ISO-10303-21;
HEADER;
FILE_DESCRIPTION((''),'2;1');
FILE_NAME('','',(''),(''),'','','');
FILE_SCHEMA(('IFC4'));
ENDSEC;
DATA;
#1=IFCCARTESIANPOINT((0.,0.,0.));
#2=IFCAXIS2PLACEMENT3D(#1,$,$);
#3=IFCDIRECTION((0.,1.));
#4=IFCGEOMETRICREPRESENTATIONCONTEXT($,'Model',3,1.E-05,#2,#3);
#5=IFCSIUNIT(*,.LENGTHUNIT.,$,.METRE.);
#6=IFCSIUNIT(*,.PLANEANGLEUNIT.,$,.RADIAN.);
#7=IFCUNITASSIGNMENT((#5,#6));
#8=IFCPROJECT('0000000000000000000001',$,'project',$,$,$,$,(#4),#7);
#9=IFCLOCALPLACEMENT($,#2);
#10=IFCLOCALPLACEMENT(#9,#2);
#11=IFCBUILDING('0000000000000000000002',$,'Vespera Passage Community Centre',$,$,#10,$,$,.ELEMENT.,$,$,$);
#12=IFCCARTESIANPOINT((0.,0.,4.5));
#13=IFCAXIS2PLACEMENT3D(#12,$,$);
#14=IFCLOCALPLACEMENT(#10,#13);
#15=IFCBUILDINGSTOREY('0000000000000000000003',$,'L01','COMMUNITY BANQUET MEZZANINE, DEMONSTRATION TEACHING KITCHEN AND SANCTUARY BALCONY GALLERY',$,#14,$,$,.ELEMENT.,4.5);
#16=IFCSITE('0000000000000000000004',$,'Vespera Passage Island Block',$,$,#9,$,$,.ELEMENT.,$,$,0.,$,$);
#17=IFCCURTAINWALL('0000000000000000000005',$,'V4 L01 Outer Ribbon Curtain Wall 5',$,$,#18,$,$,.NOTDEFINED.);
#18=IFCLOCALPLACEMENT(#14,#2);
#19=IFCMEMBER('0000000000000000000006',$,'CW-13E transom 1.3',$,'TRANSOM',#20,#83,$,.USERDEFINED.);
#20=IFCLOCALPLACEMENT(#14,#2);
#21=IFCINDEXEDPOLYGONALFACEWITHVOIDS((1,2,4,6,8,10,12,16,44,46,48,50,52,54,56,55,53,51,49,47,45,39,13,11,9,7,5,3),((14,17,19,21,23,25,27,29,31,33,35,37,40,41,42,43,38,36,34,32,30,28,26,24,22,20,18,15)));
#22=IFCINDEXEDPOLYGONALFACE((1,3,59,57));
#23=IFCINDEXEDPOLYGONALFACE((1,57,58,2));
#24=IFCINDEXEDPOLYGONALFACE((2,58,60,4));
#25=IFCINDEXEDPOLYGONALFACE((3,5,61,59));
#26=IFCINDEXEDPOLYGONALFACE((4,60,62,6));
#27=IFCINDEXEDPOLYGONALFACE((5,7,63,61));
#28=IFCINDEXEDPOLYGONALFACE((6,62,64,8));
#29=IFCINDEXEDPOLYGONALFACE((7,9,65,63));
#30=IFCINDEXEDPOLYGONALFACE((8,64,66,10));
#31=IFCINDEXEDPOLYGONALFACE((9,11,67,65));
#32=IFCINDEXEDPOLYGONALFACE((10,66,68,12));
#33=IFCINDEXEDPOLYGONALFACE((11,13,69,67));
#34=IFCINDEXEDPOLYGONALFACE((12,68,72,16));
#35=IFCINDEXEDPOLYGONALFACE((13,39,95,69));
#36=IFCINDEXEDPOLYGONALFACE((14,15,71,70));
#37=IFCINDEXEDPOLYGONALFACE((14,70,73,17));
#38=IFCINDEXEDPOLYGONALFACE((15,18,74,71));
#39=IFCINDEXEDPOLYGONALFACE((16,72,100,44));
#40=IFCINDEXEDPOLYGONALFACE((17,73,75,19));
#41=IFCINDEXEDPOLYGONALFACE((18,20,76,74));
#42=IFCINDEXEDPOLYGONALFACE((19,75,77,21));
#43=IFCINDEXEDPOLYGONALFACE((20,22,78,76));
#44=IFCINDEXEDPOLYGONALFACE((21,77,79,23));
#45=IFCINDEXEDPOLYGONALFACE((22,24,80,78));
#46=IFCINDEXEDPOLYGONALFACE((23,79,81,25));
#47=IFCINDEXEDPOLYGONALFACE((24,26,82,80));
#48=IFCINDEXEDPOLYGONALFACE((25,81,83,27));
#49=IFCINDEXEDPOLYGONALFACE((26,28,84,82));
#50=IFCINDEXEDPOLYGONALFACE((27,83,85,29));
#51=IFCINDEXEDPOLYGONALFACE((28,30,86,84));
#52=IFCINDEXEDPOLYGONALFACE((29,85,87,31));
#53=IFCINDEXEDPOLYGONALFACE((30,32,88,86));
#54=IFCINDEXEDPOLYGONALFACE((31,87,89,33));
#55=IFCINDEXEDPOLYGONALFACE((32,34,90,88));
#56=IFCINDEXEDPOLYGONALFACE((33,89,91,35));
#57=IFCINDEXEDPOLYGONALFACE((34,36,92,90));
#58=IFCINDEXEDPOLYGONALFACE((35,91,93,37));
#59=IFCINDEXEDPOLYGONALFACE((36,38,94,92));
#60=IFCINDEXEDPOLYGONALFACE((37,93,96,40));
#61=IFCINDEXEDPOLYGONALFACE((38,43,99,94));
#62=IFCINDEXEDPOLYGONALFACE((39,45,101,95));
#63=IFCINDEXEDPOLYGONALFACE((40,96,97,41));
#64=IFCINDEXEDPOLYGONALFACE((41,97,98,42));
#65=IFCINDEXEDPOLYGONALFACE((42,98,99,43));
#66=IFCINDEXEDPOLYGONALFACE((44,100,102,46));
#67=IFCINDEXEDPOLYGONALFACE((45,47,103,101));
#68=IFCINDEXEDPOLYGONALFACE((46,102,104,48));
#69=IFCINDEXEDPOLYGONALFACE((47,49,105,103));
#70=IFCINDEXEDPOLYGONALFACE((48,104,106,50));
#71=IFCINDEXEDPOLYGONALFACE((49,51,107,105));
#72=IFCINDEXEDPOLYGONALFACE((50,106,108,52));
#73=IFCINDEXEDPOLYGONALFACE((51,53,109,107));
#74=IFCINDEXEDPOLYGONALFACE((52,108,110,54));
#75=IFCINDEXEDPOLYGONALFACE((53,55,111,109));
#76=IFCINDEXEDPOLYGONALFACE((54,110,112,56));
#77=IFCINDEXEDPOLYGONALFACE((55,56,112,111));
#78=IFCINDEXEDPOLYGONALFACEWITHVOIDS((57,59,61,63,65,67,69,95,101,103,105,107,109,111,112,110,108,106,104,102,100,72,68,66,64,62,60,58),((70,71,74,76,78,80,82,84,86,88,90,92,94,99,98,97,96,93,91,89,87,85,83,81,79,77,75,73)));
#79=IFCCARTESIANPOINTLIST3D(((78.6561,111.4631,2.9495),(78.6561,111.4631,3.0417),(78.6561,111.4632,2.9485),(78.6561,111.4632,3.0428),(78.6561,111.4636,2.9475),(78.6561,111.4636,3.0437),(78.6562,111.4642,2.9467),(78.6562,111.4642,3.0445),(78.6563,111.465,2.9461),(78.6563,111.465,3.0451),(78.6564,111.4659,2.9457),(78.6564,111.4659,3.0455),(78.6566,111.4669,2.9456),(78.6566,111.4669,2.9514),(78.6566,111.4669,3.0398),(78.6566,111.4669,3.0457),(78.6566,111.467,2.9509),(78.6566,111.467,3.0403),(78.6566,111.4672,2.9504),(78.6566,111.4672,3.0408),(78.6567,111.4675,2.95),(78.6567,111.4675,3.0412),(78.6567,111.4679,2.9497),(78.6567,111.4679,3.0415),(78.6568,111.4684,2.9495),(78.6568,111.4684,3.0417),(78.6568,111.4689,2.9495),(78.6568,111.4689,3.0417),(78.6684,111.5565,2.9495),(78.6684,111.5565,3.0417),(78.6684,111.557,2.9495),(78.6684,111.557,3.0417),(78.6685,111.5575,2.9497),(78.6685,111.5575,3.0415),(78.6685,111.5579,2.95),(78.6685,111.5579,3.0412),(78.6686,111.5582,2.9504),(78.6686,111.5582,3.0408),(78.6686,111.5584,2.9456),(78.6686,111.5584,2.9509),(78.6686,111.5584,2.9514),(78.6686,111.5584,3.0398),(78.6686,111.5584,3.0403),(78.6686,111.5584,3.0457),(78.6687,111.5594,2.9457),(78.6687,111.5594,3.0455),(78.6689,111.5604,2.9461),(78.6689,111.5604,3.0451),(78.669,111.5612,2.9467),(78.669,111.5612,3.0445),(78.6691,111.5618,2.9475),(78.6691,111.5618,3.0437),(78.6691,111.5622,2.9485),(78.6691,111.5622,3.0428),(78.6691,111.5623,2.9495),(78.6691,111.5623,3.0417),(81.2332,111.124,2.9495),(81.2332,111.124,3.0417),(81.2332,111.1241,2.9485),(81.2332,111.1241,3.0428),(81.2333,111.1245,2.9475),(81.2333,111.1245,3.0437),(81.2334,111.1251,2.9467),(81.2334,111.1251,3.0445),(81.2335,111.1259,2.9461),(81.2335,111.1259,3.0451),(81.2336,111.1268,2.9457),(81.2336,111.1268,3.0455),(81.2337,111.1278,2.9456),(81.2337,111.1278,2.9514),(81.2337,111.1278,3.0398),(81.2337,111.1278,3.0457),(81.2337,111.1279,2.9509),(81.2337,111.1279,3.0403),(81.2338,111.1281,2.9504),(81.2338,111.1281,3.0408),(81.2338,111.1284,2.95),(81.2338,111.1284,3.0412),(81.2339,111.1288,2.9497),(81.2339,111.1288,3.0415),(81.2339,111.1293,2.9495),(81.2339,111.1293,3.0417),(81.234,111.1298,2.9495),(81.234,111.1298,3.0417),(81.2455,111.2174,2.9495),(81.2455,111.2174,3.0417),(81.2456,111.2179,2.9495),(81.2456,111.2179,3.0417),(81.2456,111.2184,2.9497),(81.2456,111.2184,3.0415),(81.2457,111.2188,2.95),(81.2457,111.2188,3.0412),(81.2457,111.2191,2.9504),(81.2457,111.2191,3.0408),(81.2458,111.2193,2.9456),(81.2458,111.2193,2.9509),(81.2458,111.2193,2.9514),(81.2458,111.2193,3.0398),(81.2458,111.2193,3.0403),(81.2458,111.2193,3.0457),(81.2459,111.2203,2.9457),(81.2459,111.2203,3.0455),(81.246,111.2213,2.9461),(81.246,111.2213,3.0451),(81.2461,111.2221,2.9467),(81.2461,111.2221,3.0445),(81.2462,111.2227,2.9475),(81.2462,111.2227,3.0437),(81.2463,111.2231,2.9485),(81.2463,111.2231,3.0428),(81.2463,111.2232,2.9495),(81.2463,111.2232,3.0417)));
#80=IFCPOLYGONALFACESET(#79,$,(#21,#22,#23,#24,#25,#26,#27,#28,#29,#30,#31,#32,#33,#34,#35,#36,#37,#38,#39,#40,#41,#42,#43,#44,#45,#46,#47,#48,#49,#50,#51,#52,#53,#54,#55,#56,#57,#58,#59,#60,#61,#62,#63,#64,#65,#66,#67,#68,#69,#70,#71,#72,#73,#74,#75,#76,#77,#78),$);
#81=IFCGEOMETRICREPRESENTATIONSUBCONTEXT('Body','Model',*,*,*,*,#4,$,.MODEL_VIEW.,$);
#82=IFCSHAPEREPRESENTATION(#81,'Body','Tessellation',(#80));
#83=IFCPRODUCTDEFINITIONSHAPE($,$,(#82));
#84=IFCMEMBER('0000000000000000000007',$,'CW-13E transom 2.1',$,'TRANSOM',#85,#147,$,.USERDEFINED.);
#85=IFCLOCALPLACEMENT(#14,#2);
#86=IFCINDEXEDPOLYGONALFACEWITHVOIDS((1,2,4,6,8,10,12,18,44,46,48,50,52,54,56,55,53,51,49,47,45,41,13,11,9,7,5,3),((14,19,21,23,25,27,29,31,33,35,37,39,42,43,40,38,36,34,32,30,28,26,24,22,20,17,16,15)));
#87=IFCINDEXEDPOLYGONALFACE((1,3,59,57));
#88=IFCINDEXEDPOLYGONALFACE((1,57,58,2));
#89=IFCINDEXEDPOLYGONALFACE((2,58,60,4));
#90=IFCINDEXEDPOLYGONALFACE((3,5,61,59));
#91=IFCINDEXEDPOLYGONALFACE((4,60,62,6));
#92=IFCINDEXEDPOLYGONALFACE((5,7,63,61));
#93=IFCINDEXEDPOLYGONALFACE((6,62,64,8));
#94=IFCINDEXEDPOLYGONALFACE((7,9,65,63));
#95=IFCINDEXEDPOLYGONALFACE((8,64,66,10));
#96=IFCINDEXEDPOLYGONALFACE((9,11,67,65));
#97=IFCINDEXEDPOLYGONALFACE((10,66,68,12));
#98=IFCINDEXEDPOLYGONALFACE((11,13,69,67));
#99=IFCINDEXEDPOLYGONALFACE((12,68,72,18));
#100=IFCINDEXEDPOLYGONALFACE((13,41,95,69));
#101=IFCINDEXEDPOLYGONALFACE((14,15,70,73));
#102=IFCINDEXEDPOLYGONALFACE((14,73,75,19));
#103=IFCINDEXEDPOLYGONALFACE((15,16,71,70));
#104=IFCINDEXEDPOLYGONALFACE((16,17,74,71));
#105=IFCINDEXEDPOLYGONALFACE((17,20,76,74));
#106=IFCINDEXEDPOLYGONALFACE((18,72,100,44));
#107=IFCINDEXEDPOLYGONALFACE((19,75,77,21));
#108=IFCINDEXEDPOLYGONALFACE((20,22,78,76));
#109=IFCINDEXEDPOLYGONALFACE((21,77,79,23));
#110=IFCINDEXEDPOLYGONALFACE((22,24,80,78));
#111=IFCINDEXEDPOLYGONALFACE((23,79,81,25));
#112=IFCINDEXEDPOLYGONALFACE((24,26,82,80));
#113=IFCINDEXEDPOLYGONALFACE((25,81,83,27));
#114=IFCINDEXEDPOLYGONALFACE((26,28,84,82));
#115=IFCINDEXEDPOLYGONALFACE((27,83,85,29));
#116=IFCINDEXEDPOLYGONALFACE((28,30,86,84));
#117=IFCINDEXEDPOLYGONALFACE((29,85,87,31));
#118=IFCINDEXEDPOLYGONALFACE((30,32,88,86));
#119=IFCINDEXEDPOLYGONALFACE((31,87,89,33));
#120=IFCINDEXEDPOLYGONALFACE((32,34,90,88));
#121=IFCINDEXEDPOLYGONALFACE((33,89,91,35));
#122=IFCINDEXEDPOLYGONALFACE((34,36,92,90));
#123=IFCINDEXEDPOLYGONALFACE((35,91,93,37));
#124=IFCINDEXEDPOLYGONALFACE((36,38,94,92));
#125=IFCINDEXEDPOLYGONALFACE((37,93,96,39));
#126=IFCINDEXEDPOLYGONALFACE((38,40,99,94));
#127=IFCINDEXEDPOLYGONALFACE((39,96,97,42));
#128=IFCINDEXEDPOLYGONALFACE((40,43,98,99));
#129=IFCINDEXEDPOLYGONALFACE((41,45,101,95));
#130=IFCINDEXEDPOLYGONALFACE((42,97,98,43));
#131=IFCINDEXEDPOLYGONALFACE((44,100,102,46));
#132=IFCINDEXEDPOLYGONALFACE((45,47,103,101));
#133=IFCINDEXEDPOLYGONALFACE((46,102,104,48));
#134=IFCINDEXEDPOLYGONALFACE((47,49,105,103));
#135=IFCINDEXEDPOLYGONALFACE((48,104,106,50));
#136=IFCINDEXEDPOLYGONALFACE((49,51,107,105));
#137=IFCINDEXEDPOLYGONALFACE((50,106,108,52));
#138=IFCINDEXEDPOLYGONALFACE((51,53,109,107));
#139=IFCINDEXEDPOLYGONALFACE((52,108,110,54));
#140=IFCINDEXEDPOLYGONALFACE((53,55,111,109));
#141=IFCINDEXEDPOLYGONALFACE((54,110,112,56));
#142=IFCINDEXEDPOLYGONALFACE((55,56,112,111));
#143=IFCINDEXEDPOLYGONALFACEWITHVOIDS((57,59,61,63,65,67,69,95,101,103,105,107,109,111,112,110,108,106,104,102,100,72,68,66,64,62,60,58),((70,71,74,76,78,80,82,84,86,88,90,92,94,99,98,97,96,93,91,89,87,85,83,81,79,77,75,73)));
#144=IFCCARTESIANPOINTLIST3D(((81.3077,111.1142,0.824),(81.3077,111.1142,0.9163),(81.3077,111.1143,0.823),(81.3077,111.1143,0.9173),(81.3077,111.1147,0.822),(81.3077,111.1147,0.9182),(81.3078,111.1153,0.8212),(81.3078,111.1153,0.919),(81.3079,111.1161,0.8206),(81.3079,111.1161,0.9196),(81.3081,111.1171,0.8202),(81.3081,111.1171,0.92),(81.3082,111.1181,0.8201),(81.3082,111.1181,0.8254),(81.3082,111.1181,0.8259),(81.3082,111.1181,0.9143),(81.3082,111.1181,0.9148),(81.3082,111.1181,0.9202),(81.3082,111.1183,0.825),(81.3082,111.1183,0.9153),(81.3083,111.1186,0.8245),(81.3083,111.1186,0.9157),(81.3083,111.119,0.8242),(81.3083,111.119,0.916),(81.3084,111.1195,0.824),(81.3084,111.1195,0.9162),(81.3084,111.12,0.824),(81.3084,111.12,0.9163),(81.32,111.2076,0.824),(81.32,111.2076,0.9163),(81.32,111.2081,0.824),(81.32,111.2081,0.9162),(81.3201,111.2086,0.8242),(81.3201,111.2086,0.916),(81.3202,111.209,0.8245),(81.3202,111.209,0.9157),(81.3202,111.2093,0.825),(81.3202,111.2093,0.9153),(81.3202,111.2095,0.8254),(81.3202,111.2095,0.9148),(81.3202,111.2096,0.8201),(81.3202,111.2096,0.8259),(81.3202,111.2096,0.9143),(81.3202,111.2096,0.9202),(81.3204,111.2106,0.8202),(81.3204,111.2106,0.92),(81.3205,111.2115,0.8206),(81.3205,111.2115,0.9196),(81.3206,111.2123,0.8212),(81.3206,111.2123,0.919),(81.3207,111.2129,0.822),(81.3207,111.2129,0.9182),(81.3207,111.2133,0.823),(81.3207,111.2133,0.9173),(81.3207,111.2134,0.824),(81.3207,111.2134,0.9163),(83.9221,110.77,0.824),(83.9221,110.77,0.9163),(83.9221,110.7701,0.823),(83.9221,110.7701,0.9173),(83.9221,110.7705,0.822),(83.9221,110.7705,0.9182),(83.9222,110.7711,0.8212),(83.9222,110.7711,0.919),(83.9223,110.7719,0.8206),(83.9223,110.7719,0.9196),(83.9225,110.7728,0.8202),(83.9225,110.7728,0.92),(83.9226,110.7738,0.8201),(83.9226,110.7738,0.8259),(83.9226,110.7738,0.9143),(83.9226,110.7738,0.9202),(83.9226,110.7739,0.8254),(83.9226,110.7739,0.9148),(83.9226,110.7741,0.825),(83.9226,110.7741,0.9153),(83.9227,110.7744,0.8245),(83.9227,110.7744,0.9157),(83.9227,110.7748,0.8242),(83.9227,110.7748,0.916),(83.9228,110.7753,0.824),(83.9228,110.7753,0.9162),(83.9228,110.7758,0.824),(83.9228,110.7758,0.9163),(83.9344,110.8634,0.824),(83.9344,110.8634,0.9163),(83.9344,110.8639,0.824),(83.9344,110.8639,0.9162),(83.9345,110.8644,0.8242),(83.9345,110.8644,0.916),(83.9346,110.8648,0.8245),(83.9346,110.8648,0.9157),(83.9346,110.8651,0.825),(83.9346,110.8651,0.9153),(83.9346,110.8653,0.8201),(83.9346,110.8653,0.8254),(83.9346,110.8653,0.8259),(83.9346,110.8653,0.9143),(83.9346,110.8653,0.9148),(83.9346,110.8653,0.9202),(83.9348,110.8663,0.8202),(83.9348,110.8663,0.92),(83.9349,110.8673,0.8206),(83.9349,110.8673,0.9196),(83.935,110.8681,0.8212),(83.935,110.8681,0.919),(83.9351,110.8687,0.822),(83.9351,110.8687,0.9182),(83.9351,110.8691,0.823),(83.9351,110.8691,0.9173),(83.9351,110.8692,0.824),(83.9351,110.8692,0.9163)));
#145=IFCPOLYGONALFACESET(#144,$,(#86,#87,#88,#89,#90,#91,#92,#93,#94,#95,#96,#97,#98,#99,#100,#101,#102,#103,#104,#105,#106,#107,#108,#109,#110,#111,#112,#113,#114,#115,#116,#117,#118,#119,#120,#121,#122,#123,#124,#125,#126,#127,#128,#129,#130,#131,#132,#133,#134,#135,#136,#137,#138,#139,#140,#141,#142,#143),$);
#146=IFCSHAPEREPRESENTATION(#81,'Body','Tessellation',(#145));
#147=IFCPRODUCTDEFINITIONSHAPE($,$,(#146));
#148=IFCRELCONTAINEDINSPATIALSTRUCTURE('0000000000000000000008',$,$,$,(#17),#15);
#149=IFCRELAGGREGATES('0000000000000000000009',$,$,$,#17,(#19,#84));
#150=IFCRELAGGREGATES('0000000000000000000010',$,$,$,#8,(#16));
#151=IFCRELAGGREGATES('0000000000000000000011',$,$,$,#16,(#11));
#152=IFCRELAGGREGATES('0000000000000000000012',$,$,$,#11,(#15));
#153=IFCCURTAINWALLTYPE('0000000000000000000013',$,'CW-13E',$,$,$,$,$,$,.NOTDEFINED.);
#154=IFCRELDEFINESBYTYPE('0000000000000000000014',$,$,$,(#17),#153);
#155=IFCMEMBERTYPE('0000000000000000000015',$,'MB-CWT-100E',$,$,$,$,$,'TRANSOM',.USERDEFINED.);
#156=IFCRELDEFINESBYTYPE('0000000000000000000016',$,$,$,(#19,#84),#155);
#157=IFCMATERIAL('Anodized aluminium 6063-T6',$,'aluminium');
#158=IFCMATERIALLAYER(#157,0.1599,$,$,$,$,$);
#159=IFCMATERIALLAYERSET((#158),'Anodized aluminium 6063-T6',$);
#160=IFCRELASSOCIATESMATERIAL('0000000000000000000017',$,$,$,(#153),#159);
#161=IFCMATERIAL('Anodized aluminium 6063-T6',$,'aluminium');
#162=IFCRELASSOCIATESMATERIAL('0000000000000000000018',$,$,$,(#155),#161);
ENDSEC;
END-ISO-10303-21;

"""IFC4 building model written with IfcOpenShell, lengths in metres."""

from ifc_helpers import new_model, si_unit, direction, frame, origin, origin_2d, place, context, subcontext, project, spatial, hollow_rectangle, extrude, material, layer, layer_set, material_profile, profile_set, type_object, element, aggregate, save


model = new_model("IFC4")

# Units and contexts
model_context = context("Model", 3, precision=1e-05, world=origin(), true_north=direction((0.0, 1.0)))
body_context = subcontext(model_context, "Body", "Model", "MODEL_VIEW")
ifc_project = project(units=[si_unit("LENGTHUNIT", "METRE"), si_unit("PLANEANGLEUNIT", "RADIAN")], contexts=[model_context])

# Site, building, storey
site_placement = place(None, origin())
site = spatial("IfcSite", under=ifc_project, at=site_placement, Name="Vespera Passage Island Block", CompositionType="ELEMENT", RefElevation=0.0)
building_placement = place(site_placement, origin())
building = spatial("IfcBuilding", under=site, at=building_placement, Name="Vespera Passage Community Centre", CompositionType="ELEMENT")
storey_placement = place(building_placement, frame((0.0, 0.0, 4.5)))
storey = spatial("IfcBuildingStorey", under=building, at=storey_placement, Name="L01", Description="COMMUNITY BANQUET MEZZANINE, DEMONSTRATION TEACHING KITCHEN AND SANCTUARY BALCONY GALLERY", CompositionType="ELEMENT", Elevation=4.5)

# Curtain wall, members
ifc_material_1 = material(Name="Anodized aluminium 6063-T6", Category="aluminium")
ifc_layer_1 = layer(ifc_material_1, 0.1599)
ifc_layer_set_1 = layer_set([ifc_layer_1], Name="Anodized aluminium 6063-T6")
curtain_wall_type_1 = type_object("IfcCurtainWallType", Name="CW-13E", PredefinedType="NOTDEFINED", material=ifc_layer_set_1)
curtain_wall_1_placement = place(storey_placement, origin())
curtain_wall_1 = element("IfcCurtainWall", 1, at=curtain_wall_1_placement, inside=storey, type_object=curtain_wall_type_1, Name="V4 L01 Outer Ribbon Curtain Wall 5", PredefinedType="NOTDEFINED")
ifc_material_2 = material(Name="Anodized aluminium 6063-T6", Category="aluminium")
ifc_material_profile_1 = material_profile(ifc_material_2, hollow_rectangle(XDim=0.1001, YDim=0.1001, WallThickness=0.0039, InnerFilletRadius=0.002, OuterFilletRadius=0.0039, at=origin_2d()), Name="ALU100X100X4")
ifc_profile_set_1 = profile_set([ifc_material_profile_1], Name="Anodized aluminium 6063-T6")
member_type_1 = type_object("IfcMemberType", Name="MB-CWT-100E", ElementType="TRANSOM", PredefinedType="USERDEFINED", material=ifc_profile_set_1)
member_1_placement = place(storey_placement, frame((78.6626, 111.5127, 2.9956), z_axis=(0.991454, -0.130459, 0.0), x_axis=(0.130459, 0.991454, 0.0)))
member_1 = element("IfcMember", 2, at=member_1_placement, type_object=member_type_1, Name="CW-13E transom 1.3", ObjectType="TRANSOM", PredefinedType="USERDEFINED", context=body_context, shape_type="SweptSolid", body=[
    extrude(hollow_rectangle(XDim=0.1001, YDim=0.1001, WallThickness=0.0039, InnerFilletRadius=0.002, OuterFilletRadius=0.0039, at=origin_2d()), origin(), (0.0, 0.0, 1.0), 2.5994),
])
member_2_placement = place(storey_placement, frame((81.3142, 111.1638, 0.8701), z_axis=(0.991443, -0.130538, 0.0), x_axis=(0.130538, 0.991443, 0.0)))
member_2 = element("IfcMember", 3, at=member_2_placement, type_object=member_type_1, Name="CW-13E transom 2.1", ObjectType="TRANSOM", PredefinedType="USERDEFINED", context=body_context, shape_type="SweptSolid", body=[
    extrude(hollow_rectangle(XDim=0.1001, YDim=0.1001, WallThickness=0.0039, InnerFilletRadius=0.002, OuterFilletRadius=0.0039, at=origin_2d()), origin(), (0.0, 0.0, 1.0), 2.637),
])

aggregate(curtain_wall_1, [member_1, member_2])

save(model, "model.ifc")
